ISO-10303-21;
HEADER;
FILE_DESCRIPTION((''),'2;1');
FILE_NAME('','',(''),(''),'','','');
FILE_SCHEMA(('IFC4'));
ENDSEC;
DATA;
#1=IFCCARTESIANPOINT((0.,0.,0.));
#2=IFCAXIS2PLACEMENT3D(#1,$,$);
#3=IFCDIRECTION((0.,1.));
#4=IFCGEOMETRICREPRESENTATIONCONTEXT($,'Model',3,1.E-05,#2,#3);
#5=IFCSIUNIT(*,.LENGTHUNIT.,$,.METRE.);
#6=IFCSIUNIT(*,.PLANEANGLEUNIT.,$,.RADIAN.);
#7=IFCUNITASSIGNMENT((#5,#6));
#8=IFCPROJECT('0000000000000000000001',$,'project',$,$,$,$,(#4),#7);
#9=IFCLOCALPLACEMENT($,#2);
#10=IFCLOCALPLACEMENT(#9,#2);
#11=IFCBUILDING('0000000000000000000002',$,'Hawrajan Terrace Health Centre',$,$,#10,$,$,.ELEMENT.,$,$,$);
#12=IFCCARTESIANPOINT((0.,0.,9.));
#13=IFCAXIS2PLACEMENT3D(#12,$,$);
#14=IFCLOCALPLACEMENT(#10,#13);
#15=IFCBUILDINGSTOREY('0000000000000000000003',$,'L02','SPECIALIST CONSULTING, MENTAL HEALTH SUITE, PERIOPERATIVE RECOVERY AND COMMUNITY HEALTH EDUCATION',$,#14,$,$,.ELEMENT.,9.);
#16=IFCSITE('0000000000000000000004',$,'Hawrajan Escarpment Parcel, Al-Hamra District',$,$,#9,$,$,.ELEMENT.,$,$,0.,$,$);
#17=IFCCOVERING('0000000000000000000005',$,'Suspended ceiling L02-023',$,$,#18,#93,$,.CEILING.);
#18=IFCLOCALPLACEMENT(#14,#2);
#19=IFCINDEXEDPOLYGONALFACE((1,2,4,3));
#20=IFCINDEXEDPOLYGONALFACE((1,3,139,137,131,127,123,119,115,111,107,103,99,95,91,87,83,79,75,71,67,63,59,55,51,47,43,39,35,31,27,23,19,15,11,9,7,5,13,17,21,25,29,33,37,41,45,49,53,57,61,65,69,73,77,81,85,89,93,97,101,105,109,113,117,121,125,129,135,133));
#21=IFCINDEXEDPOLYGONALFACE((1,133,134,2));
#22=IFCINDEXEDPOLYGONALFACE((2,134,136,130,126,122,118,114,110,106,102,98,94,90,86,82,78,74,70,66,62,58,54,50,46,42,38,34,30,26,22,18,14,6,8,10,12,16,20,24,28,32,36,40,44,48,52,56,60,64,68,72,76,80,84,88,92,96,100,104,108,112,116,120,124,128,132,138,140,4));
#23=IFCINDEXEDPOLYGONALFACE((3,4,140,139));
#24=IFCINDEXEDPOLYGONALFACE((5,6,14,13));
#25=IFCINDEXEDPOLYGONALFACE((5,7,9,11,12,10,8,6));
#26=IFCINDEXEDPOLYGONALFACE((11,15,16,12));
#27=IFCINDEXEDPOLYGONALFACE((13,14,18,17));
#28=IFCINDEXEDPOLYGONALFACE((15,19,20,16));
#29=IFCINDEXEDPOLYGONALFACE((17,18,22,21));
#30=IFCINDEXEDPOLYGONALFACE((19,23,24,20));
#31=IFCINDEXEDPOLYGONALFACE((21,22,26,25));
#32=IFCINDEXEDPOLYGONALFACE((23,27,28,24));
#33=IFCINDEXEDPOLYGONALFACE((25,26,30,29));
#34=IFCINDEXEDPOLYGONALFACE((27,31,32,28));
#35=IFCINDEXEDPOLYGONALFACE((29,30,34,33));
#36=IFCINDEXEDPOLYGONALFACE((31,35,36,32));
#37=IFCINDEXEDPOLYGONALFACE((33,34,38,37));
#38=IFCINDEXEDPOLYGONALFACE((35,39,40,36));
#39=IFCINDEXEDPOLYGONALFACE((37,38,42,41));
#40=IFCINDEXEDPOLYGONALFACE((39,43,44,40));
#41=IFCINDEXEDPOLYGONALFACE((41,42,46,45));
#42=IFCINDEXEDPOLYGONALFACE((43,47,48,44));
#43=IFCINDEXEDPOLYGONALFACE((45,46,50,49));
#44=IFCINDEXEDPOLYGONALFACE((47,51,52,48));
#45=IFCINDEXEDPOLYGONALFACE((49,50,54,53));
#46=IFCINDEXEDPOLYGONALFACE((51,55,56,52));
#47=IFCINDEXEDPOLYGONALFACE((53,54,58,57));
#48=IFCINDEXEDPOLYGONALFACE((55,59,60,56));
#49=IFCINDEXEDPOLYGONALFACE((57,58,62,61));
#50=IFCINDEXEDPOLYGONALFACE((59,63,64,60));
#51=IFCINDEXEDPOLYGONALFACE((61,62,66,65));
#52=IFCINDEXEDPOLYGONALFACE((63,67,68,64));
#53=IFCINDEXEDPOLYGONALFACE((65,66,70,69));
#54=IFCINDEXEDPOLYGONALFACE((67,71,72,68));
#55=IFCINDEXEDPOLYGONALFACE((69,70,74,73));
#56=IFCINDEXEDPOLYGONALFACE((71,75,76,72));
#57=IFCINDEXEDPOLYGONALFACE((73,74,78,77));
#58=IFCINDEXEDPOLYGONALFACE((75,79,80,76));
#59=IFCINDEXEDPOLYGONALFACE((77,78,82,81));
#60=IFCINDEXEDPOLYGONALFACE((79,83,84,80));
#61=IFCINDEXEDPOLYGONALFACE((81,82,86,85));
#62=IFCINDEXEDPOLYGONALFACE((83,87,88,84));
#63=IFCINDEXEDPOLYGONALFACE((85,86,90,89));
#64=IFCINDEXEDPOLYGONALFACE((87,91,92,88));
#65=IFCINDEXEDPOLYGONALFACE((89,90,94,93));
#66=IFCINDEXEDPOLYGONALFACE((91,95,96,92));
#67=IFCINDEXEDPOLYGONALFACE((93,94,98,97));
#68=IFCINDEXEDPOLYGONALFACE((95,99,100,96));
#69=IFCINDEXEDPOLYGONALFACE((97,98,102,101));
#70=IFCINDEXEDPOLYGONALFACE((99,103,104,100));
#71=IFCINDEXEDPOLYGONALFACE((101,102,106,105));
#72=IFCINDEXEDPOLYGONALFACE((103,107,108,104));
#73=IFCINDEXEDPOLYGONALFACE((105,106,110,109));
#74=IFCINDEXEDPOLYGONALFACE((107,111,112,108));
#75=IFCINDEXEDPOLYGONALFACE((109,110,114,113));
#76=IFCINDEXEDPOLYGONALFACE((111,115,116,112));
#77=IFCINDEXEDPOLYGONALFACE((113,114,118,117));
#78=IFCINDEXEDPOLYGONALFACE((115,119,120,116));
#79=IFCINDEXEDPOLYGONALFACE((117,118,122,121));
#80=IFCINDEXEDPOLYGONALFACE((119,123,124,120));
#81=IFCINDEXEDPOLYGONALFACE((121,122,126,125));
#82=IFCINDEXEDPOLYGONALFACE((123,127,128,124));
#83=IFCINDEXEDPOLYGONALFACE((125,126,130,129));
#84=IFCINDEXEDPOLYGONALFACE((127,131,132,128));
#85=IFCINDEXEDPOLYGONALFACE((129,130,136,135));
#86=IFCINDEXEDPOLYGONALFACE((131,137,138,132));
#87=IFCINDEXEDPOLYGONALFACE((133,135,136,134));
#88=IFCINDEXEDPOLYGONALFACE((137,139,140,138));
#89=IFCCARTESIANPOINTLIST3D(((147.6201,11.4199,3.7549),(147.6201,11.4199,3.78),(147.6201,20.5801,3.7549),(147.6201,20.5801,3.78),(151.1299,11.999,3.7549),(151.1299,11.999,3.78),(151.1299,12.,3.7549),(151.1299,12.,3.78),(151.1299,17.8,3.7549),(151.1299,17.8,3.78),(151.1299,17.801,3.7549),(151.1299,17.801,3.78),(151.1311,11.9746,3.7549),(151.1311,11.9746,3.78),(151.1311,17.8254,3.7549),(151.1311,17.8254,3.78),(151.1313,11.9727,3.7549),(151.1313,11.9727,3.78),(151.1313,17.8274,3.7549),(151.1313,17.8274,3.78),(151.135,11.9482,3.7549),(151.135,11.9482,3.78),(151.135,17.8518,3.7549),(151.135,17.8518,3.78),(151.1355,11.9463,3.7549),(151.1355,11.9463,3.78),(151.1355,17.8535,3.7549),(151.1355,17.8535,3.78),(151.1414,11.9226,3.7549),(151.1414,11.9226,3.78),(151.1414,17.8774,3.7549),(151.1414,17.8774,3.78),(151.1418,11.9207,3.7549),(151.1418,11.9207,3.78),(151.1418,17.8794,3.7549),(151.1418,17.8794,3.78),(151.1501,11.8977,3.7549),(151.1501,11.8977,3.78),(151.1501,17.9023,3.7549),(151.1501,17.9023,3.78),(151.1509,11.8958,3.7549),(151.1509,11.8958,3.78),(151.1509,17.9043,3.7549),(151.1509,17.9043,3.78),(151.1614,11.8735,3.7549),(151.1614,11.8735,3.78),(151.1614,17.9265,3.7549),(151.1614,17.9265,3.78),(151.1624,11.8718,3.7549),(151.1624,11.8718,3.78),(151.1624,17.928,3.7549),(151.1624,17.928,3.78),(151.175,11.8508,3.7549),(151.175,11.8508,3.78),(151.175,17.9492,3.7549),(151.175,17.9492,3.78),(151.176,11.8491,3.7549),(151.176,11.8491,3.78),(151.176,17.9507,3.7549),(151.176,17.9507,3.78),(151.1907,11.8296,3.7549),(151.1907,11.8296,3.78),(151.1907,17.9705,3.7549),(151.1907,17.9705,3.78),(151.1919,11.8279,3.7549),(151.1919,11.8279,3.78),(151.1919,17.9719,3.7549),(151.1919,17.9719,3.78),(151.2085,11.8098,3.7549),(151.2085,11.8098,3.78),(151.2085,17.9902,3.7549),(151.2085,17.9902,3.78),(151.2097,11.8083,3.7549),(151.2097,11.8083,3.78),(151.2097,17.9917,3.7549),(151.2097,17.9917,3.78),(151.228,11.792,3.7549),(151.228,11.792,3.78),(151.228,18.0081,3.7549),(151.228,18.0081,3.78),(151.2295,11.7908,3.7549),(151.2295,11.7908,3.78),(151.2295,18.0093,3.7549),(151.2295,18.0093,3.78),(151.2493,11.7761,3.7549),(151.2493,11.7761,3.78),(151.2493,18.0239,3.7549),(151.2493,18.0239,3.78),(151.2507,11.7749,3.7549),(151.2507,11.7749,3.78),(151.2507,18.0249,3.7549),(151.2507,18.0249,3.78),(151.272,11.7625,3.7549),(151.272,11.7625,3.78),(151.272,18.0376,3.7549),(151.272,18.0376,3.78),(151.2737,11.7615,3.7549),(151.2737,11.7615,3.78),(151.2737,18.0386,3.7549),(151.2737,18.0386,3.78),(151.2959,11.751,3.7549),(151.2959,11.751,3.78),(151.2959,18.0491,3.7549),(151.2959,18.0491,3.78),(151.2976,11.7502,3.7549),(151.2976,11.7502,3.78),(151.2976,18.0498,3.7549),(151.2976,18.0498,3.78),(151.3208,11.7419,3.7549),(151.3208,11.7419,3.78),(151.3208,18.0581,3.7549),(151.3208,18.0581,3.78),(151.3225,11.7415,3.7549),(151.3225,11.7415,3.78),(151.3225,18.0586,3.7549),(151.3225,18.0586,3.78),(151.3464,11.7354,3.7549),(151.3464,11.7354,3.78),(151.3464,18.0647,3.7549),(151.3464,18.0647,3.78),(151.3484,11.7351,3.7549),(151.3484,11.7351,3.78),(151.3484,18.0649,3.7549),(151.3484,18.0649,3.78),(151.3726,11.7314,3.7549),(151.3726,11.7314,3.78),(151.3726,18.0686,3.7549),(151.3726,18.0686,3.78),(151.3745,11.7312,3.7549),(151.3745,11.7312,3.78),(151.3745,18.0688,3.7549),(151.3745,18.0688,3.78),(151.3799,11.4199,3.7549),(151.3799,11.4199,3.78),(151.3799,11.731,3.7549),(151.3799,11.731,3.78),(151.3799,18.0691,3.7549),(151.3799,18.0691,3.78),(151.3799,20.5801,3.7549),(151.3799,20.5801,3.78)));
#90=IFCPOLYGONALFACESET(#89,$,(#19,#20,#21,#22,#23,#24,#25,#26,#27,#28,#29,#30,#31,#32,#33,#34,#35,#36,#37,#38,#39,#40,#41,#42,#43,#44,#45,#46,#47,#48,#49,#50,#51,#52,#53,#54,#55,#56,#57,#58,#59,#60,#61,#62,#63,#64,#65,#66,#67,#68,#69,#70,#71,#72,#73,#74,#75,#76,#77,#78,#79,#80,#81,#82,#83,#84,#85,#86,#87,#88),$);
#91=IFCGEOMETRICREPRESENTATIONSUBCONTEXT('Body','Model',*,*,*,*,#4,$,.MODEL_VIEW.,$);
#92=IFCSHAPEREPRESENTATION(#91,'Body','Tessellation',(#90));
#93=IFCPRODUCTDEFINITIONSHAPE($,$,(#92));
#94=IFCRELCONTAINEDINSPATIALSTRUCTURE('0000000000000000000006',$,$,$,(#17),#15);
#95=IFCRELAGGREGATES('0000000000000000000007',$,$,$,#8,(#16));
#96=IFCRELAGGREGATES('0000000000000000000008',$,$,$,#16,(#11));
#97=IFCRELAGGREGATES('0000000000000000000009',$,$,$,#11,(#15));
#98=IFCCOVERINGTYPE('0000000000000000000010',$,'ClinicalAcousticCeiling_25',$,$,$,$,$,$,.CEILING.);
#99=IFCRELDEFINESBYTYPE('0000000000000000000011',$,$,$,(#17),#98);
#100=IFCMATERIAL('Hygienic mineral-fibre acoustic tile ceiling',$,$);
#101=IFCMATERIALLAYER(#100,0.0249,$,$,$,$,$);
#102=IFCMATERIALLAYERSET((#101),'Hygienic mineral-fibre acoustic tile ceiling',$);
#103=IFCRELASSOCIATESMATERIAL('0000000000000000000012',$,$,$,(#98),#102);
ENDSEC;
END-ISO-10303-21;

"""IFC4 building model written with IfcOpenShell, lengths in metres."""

from ifc_helpers import new_model, si_unit, direction, frame, origin, place, context, subcontext, project, spatial, polyline, outline, extrude, material, layer, layer_set, type_object, element, save


model = new_model("IFC4")

# Units and contexts
model_context = context("Model", 3, precision=1e-05, world=origin(), true_north=direction((0.0, 1.0)))
body_context = subcontext(model_context, "Body", "Model", "MODEL_VIEW")
ifc_project = project(units=[si_unit("LENGTHUNIT", "METRE"), si_unit("PLANEANGLEUNIT", "RADIAN")], contexts=[model_context])

# Site, building, storey
site_placement = place(None, origin())
site = spatial("IfcSite", under=ifc_project, at=site_placement, Name="Hawrajan Escarpment Parcel, Al-Hamra District", CompositionType="ELEMENT", RefElevation=0.0)
building_placement = place(site_placement, origin())
building = spatial("IfcBuilding", under=site, at=building_placement, Name="Hawrajan Terrace Health Centre", CompositionType="ELEMENT")
storey_placement = place(building_placement, frame((0.0, 0.0, 9.0)))
storey = spatial("IfcBuildingStorey", under=building, at=storey_placement, Name="L02", Description="SPECIALIST CONSULTING, MENTAL HEALTH SUITE, PERIOPERATIVE RECOVERY AND COMMUNITY HEALTH EDUCATION", CompositionType="ELEMENT", Elevation=9.0)

# Covering
ifc_material = material(Name="Hygienic mineral-fibre acoustic tile ceiling")
ifc_layer = layer(ifc_material, 0.0249)
ifc_layer_set = layer_set([ifc_layer], Name="Hygienic mineral-fibre acoustic tile ceiling")
covering_type = type_object("IfcCoveringType", Name="ClinicalAcousticCeiling_25", PredefinedType="CEILING", material=ifc_layer_set)
covering_1_placement = place(storey_placement, frame((0.0, 0.0, 3.7549)))
element("IfcCovering", 1, at=covering_1_placement, inside=storey, type_object=covering_type, Name="Suspended ceiling L02-023", PredefinedType="CEILING", context=body_context, shape_type="SweptSolid", body=[
    extrude(outline(polyline([(151.3799, 11.4199), (147.6201, 11.4199), (147.6201, 20.5801), (151.3799, 20.5801), (151.3799, 18.0691), (151.3745, 18.0688), (151.3726, 18.0686), (151.3484, 18.0649), (151.3464, 18.0647), (151.3225, 18.0586), (151.3208, 18.0581), (151.2976, 18.0498), (151.2959, 18.0491), (151.2737, 18.0386), (151.272, 18.0376), (151.2507, 18.0249), (151.2493, 18.0239), (151.2295, 18.0093), (151.228, 18.0081), (151.2097, 17.9917), (151.2085, 17.9902), (151.1919, 17.9719), (151.1907, 17.9705), (151.176, 17.9507), (151.175, 17.9492), (151.1624, 17.928), (151.1614, 17.9265), (151.1509, 17.9043), (151.1501, 17.9023), (151.1418, 17.8794), (151.1414, 17.8774), (151.1355, 17.8535), (151.135, 17.8518), (151.1313, 17.8274), (151.1311, 17.8254), (151.1299, 17.801), (151.1299, 17.8), (151.1299, 12.0), (151.1299, 11.999), (151.1311, 11.9746), (151.1313, 11.9727), (151.135, 11.9482), (151.1355, 11.9463), (151.1414, 11.9226), (151.1418, 11.9207), (151.1501, 11.8977), (151.1509, 11.8958), (151.1614, 11.8735), (151.1624, 11.8718), (151.175, 11.8508), (151.176, 11.8491), (151.1907, 11.8296), (151.1919, 11.8279), (151.2085, 11.8098), (151.2097, 11.8083), (151.228, 11.792), (151.2295, 11.7908), (151.2493, 11.7761), (151.2507, 11.7749), (151.272, 11.7625), (151.2737, 11.7615), (151.2959, 11.751), (151.2976, 11.7502), (151.3208, 11.7419), (151.3225, 11.7415), (151.3464, 11.7354), (151.3484, 11.7351), (151.3726, 11.7314), (151.3745, 11.7312), (151.3799, 11.731), (151.3799, 11.4199)])), origin(), (0.0, 0.0, 1.0), 0.0251),
])

save(model, "model.ifc")
